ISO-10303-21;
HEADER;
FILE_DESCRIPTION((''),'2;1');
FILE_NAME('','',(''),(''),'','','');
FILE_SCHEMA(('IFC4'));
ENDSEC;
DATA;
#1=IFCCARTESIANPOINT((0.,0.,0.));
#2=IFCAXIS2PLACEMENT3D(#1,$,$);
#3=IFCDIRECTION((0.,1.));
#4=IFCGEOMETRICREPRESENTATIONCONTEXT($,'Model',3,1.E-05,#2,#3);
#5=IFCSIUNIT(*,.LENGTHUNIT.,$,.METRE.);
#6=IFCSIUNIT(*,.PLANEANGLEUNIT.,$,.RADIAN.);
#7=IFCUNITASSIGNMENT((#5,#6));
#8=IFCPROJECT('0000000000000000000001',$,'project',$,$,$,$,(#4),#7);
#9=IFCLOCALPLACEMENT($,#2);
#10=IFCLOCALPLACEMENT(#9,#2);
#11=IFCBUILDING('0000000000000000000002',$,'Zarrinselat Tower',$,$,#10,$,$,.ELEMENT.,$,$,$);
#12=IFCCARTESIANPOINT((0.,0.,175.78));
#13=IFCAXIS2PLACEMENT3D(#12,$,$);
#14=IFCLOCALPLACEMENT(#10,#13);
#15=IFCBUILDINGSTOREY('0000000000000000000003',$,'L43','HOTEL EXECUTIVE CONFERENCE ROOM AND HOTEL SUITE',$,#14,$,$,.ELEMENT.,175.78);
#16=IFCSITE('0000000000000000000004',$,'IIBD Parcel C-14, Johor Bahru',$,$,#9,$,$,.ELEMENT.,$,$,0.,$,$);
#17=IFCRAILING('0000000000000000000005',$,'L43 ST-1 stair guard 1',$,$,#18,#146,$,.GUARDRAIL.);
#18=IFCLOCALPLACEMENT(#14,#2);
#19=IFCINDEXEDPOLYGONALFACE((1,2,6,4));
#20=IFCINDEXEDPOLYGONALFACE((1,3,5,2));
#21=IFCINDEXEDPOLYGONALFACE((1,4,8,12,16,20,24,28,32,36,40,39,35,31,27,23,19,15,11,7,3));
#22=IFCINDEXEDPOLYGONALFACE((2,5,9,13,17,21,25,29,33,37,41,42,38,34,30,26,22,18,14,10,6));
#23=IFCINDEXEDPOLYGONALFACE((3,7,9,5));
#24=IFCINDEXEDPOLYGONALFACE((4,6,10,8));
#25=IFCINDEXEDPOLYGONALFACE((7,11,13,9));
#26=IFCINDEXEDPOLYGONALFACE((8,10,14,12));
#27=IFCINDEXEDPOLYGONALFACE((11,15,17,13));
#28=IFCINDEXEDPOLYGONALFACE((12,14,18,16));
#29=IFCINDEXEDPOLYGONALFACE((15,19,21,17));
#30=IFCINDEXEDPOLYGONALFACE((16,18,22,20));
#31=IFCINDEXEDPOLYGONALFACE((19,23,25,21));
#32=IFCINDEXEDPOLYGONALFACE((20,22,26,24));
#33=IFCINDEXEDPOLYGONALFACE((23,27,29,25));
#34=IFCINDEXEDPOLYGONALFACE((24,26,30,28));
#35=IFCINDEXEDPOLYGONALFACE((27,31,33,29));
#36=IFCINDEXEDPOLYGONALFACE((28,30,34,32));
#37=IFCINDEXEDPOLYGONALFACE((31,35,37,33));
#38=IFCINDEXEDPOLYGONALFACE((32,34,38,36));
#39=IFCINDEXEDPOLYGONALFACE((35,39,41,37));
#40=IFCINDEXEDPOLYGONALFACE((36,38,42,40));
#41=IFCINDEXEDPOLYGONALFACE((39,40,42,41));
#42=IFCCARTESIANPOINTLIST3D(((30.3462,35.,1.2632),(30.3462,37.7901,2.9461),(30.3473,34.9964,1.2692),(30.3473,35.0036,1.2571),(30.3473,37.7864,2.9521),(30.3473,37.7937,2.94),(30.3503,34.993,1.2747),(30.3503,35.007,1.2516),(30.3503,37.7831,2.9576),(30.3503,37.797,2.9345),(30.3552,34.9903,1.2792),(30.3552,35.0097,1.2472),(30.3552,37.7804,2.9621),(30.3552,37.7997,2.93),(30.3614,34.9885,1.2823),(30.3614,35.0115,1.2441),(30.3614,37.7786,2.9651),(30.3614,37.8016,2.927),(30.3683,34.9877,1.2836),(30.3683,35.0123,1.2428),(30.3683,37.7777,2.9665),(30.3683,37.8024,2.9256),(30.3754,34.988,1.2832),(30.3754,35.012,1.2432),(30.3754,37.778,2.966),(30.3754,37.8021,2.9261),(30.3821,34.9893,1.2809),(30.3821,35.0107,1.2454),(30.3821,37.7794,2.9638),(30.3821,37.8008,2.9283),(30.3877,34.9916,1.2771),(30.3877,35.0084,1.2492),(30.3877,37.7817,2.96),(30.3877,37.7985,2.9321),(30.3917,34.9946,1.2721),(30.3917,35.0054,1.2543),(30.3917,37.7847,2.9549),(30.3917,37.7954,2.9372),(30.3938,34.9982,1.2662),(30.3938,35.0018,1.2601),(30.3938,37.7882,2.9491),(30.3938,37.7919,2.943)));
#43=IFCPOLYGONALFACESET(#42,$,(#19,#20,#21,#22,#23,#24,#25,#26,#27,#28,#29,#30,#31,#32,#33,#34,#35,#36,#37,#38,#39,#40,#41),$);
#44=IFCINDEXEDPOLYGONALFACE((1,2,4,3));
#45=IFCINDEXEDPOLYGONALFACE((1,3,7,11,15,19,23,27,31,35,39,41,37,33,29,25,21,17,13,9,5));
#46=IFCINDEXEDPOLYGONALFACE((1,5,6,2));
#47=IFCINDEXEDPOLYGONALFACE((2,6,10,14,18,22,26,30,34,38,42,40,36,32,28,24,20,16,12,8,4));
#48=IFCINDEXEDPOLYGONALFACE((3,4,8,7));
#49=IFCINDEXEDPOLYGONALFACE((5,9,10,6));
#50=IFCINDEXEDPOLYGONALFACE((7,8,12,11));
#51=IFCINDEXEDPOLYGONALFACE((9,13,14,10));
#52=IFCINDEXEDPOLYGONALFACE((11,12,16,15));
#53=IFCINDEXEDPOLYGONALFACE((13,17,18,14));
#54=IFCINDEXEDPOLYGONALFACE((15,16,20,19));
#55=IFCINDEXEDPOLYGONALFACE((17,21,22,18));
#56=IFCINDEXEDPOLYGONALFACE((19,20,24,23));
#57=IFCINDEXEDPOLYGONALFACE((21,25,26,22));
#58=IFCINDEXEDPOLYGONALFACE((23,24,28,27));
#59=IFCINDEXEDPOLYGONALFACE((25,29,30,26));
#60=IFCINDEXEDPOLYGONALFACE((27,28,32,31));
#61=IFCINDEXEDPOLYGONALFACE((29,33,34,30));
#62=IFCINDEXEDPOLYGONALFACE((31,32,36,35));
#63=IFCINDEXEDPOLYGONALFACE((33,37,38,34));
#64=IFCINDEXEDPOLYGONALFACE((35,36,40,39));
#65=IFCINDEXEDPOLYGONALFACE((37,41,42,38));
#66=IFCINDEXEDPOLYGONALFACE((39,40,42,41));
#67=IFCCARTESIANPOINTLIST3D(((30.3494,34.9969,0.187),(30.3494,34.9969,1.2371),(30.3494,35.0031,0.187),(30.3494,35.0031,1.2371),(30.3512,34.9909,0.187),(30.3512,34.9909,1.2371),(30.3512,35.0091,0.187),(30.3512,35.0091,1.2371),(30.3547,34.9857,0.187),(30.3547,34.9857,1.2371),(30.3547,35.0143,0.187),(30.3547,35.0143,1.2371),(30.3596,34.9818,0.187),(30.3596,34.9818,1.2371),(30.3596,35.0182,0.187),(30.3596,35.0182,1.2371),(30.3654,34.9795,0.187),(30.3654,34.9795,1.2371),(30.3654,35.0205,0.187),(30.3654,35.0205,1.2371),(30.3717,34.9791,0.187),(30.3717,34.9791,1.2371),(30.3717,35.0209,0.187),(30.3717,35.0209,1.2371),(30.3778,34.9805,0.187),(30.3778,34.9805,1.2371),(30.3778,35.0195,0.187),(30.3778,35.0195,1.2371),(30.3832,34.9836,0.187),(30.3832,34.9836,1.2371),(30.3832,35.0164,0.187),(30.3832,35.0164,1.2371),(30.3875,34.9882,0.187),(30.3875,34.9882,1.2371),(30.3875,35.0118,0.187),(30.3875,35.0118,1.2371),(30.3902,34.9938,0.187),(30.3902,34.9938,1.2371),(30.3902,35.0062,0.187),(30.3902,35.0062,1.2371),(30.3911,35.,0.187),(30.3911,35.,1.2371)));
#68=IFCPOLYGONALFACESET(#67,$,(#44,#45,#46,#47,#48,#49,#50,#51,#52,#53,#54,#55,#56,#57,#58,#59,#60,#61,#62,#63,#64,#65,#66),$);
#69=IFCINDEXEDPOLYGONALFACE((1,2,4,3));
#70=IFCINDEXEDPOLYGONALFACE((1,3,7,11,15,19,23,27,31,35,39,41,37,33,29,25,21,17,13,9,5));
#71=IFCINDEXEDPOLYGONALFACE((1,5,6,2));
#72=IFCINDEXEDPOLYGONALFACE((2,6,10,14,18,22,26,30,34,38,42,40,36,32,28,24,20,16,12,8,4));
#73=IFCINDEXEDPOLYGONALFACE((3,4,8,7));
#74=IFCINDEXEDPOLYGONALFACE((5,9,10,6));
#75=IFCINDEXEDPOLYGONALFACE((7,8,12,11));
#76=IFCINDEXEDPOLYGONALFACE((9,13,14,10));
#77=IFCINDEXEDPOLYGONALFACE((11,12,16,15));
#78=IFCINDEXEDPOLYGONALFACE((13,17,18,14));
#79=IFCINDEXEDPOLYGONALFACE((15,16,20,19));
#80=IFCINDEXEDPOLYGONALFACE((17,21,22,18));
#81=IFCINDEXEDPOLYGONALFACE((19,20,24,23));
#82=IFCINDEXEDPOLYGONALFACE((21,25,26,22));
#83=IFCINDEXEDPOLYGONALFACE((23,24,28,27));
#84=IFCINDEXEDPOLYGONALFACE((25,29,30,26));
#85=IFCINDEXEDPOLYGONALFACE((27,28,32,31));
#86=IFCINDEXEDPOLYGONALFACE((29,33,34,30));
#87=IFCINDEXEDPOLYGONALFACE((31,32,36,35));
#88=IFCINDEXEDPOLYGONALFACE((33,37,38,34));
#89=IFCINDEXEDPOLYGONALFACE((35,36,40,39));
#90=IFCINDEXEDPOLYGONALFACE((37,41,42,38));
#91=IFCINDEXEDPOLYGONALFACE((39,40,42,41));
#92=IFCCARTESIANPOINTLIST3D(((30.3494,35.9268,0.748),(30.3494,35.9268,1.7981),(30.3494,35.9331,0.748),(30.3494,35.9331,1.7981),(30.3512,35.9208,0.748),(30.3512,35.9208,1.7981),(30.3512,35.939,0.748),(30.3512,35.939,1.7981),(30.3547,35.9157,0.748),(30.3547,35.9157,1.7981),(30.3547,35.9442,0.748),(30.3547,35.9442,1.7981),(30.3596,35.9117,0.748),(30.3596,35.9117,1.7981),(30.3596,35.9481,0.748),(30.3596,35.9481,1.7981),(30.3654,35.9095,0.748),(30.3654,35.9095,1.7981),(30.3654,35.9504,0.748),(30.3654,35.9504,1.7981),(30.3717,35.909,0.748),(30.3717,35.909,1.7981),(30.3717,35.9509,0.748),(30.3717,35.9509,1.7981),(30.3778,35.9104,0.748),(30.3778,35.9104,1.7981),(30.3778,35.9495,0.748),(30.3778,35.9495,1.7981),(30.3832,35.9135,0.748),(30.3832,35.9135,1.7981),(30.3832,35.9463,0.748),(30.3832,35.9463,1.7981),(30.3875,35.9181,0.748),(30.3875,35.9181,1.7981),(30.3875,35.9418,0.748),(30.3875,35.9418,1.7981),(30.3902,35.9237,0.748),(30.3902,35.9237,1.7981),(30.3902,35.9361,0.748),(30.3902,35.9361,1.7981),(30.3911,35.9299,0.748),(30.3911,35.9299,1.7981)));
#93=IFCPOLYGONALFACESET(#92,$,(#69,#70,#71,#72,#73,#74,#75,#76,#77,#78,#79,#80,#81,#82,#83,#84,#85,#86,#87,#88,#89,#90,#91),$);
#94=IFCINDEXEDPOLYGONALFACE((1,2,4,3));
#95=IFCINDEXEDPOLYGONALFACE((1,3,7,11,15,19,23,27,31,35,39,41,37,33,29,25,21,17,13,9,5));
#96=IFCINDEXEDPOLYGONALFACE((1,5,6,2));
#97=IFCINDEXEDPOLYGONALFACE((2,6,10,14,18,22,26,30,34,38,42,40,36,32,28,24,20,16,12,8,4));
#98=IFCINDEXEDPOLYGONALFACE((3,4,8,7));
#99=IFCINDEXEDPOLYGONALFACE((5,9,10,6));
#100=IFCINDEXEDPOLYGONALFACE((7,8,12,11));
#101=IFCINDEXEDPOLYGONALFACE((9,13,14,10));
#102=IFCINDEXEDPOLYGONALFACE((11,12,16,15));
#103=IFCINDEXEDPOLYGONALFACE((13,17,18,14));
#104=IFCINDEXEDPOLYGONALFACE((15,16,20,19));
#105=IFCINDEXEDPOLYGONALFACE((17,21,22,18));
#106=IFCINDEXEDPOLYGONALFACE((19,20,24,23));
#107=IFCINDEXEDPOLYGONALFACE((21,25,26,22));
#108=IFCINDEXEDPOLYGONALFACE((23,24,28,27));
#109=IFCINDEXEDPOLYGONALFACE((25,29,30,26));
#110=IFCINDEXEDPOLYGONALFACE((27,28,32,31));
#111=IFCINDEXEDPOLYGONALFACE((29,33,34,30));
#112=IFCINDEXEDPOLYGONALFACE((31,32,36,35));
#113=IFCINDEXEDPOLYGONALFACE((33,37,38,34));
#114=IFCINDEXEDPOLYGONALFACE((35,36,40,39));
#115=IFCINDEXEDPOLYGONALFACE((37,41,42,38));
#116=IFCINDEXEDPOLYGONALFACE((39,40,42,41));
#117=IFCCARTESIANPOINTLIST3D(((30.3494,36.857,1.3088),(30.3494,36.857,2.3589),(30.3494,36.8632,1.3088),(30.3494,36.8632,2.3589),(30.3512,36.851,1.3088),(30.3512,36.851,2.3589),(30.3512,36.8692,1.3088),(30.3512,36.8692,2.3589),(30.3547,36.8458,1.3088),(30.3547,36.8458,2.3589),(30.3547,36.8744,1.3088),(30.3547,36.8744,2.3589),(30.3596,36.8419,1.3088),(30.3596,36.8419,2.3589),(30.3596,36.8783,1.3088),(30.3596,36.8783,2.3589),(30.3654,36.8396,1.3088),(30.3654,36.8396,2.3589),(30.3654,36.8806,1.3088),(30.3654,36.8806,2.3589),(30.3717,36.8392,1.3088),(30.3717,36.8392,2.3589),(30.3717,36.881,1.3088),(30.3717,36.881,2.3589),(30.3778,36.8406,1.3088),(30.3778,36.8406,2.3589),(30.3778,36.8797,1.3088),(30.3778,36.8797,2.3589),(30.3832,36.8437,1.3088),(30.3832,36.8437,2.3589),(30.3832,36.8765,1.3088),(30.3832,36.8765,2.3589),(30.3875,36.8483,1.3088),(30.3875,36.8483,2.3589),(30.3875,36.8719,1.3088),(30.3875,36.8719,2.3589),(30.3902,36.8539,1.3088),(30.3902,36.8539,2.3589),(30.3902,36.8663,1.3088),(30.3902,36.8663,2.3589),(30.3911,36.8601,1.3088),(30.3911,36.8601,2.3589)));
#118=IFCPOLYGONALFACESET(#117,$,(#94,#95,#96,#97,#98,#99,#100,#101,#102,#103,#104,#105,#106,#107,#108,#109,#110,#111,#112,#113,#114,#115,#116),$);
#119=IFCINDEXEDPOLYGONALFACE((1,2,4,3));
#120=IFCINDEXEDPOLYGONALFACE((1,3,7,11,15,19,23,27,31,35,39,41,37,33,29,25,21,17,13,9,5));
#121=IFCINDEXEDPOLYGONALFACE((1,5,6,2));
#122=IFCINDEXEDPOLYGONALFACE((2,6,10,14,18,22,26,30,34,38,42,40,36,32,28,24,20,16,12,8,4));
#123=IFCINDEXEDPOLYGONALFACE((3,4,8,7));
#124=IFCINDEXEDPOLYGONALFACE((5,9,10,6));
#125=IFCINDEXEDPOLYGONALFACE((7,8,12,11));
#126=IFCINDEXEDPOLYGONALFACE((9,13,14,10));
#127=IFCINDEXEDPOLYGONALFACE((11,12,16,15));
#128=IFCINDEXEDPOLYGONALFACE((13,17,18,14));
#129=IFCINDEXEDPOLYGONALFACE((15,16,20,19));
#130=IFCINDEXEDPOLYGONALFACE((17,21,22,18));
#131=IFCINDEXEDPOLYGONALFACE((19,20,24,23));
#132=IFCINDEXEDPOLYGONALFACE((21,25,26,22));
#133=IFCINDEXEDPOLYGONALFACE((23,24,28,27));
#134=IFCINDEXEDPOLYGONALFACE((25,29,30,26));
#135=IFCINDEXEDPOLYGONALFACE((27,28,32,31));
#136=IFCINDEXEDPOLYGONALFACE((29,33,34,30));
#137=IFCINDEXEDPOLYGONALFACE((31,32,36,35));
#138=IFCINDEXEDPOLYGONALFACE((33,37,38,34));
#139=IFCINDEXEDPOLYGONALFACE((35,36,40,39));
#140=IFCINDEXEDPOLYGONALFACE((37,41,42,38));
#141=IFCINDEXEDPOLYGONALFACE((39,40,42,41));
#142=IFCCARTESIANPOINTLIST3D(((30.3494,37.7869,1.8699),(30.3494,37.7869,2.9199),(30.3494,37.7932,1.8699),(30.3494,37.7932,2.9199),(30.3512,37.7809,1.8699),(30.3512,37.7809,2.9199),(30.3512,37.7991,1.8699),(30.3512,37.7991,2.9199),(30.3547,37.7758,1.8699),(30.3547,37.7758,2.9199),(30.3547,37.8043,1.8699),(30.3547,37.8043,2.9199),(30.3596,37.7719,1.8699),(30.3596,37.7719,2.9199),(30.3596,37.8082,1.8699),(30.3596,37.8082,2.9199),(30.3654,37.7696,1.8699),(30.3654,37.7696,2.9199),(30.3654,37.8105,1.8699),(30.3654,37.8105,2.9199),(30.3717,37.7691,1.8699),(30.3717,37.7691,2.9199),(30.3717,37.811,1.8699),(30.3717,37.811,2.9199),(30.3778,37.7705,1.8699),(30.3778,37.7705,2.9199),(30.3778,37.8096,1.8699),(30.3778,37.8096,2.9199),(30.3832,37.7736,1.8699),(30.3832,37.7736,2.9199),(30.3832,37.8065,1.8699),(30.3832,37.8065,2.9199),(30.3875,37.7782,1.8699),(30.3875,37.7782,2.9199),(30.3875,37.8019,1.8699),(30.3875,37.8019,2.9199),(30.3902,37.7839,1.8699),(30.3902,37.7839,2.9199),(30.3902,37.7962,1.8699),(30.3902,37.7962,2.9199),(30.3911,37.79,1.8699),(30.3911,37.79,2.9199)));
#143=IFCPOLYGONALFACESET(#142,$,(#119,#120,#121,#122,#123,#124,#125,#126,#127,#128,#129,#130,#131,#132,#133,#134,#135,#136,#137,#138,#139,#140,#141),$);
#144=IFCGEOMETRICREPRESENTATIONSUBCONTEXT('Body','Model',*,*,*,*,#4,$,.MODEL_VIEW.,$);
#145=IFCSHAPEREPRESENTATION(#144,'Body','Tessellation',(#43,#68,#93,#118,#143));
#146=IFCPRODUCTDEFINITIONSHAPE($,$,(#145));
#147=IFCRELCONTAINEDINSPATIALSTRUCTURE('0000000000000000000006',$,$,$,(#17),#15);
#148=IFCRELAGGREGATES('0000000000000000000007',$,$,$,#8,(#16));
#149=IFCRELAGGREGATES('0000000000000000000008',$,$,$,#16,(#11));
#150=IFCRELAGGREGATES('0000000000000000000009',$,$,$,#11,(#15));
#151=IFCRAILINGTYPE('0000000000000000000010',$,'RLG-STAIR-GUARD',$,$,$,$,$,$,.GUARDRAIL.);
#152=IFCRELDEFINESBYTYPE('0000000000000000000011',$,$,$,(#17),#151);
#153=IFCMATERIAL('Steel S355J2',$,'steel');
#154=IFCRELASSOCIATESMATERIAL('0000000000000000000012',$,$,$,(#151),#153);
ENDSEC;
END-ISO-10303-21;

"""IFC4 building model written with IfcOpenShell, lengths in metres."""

from ifc_helpers import new_model, si_unit, direction, frame, origin, origin_2d, place, context, subcontext, project, spatial, circle, extrude, material, type_object, element, save


model = new_model("IFC4")

# Units and contexts
model_context = context("Model", 3, precision=1e-05, world=origin(), true_north=direction((0.0, 1.0)))
body_context = subcontext(model_context, "Body", "Model", "MODEL_VIEW")
ifc_project = project(units=[si_unit("LENGTHUNIT", "METRE"), si_unit("PLANEANGLEUNIT", "RADIAN")], contexts=[model_context])

# Site, building, storey
site_placement = place(None, origin())
site = spatial("IfcSite", under=ifc_project, at=site_placement, Name="IIBD Parcel C-14, Johor Bahru", CompositionType="ELEMENT", RefElevation=0.0)
building_placement = place(site_placement, origin())
building = spatial("IfcBuilding", under=site, at=building_placement, Name="Zarrinselat Tower", CompositionType="ELEMENT")
storey_placement = place(building_placement, frame((0.0, 0.0, 175.78)))
storey = spatial("IfcBuildingStorey", under=building, at=storey_placement, Name="L43", Description="HOTEL EXECUTIVE CONFERENCE ROOM AND HOTEL SUITE", CompositionType="ELEMENT", Elevation=175.78)

# Railing
ifc_material_1 = material(Name="Steel S355J2", Category="steel")
railing_type = type_object("IfcRailingType", Name="RLG-STAIR-GUARD", PredefinedType="GUARDRAIL", material=ifc_material_1)
railing_1_placement = place(storey_placement, frame((30.3701, 35.0, 0.187)))
element("IfcRailing", 1, at=railing_1_placement, inside=storey, type_object=railing_type, Name="L43 ST-1 stair guard 1", PredefinedType="GUARDRAIL", context=body_context, shape_type="SweptSolid", body=[
    extrude(circle(Radius=0.0239, at=origin_2d()), frame((0.0, 0.0, 1.0762), z_axis=(0.0, 0.856294, 0.516489), x_axis=(-1.0, 0.0, 0.0)), (0.0, 0.0, 1.0), 3.2583),
    extrude(circle(Radius=0.021, at=origin_2d()), origin(), (0.0, 0.0, 1.0), 1.05),
    extrude(circle(Radius=0.021, at=origin_2d()), frame((0.0, 0.9299, 0.561)), (0.0, 0.0, 1.0), 1.05),
    extrude(circle(Radius=0.021, at=origin_2d()), frame((0.0, 1.8601, 1.1218)), (0.0, 0.0, 1.0), 1.05),
    extrude(circle(Radius=0.021, at=origin_2d()), frame((0.0, 2.79, 1.6829)), (0.0, 0.0, 1.0), 1.05),
])

save(model, "model.ifc")
